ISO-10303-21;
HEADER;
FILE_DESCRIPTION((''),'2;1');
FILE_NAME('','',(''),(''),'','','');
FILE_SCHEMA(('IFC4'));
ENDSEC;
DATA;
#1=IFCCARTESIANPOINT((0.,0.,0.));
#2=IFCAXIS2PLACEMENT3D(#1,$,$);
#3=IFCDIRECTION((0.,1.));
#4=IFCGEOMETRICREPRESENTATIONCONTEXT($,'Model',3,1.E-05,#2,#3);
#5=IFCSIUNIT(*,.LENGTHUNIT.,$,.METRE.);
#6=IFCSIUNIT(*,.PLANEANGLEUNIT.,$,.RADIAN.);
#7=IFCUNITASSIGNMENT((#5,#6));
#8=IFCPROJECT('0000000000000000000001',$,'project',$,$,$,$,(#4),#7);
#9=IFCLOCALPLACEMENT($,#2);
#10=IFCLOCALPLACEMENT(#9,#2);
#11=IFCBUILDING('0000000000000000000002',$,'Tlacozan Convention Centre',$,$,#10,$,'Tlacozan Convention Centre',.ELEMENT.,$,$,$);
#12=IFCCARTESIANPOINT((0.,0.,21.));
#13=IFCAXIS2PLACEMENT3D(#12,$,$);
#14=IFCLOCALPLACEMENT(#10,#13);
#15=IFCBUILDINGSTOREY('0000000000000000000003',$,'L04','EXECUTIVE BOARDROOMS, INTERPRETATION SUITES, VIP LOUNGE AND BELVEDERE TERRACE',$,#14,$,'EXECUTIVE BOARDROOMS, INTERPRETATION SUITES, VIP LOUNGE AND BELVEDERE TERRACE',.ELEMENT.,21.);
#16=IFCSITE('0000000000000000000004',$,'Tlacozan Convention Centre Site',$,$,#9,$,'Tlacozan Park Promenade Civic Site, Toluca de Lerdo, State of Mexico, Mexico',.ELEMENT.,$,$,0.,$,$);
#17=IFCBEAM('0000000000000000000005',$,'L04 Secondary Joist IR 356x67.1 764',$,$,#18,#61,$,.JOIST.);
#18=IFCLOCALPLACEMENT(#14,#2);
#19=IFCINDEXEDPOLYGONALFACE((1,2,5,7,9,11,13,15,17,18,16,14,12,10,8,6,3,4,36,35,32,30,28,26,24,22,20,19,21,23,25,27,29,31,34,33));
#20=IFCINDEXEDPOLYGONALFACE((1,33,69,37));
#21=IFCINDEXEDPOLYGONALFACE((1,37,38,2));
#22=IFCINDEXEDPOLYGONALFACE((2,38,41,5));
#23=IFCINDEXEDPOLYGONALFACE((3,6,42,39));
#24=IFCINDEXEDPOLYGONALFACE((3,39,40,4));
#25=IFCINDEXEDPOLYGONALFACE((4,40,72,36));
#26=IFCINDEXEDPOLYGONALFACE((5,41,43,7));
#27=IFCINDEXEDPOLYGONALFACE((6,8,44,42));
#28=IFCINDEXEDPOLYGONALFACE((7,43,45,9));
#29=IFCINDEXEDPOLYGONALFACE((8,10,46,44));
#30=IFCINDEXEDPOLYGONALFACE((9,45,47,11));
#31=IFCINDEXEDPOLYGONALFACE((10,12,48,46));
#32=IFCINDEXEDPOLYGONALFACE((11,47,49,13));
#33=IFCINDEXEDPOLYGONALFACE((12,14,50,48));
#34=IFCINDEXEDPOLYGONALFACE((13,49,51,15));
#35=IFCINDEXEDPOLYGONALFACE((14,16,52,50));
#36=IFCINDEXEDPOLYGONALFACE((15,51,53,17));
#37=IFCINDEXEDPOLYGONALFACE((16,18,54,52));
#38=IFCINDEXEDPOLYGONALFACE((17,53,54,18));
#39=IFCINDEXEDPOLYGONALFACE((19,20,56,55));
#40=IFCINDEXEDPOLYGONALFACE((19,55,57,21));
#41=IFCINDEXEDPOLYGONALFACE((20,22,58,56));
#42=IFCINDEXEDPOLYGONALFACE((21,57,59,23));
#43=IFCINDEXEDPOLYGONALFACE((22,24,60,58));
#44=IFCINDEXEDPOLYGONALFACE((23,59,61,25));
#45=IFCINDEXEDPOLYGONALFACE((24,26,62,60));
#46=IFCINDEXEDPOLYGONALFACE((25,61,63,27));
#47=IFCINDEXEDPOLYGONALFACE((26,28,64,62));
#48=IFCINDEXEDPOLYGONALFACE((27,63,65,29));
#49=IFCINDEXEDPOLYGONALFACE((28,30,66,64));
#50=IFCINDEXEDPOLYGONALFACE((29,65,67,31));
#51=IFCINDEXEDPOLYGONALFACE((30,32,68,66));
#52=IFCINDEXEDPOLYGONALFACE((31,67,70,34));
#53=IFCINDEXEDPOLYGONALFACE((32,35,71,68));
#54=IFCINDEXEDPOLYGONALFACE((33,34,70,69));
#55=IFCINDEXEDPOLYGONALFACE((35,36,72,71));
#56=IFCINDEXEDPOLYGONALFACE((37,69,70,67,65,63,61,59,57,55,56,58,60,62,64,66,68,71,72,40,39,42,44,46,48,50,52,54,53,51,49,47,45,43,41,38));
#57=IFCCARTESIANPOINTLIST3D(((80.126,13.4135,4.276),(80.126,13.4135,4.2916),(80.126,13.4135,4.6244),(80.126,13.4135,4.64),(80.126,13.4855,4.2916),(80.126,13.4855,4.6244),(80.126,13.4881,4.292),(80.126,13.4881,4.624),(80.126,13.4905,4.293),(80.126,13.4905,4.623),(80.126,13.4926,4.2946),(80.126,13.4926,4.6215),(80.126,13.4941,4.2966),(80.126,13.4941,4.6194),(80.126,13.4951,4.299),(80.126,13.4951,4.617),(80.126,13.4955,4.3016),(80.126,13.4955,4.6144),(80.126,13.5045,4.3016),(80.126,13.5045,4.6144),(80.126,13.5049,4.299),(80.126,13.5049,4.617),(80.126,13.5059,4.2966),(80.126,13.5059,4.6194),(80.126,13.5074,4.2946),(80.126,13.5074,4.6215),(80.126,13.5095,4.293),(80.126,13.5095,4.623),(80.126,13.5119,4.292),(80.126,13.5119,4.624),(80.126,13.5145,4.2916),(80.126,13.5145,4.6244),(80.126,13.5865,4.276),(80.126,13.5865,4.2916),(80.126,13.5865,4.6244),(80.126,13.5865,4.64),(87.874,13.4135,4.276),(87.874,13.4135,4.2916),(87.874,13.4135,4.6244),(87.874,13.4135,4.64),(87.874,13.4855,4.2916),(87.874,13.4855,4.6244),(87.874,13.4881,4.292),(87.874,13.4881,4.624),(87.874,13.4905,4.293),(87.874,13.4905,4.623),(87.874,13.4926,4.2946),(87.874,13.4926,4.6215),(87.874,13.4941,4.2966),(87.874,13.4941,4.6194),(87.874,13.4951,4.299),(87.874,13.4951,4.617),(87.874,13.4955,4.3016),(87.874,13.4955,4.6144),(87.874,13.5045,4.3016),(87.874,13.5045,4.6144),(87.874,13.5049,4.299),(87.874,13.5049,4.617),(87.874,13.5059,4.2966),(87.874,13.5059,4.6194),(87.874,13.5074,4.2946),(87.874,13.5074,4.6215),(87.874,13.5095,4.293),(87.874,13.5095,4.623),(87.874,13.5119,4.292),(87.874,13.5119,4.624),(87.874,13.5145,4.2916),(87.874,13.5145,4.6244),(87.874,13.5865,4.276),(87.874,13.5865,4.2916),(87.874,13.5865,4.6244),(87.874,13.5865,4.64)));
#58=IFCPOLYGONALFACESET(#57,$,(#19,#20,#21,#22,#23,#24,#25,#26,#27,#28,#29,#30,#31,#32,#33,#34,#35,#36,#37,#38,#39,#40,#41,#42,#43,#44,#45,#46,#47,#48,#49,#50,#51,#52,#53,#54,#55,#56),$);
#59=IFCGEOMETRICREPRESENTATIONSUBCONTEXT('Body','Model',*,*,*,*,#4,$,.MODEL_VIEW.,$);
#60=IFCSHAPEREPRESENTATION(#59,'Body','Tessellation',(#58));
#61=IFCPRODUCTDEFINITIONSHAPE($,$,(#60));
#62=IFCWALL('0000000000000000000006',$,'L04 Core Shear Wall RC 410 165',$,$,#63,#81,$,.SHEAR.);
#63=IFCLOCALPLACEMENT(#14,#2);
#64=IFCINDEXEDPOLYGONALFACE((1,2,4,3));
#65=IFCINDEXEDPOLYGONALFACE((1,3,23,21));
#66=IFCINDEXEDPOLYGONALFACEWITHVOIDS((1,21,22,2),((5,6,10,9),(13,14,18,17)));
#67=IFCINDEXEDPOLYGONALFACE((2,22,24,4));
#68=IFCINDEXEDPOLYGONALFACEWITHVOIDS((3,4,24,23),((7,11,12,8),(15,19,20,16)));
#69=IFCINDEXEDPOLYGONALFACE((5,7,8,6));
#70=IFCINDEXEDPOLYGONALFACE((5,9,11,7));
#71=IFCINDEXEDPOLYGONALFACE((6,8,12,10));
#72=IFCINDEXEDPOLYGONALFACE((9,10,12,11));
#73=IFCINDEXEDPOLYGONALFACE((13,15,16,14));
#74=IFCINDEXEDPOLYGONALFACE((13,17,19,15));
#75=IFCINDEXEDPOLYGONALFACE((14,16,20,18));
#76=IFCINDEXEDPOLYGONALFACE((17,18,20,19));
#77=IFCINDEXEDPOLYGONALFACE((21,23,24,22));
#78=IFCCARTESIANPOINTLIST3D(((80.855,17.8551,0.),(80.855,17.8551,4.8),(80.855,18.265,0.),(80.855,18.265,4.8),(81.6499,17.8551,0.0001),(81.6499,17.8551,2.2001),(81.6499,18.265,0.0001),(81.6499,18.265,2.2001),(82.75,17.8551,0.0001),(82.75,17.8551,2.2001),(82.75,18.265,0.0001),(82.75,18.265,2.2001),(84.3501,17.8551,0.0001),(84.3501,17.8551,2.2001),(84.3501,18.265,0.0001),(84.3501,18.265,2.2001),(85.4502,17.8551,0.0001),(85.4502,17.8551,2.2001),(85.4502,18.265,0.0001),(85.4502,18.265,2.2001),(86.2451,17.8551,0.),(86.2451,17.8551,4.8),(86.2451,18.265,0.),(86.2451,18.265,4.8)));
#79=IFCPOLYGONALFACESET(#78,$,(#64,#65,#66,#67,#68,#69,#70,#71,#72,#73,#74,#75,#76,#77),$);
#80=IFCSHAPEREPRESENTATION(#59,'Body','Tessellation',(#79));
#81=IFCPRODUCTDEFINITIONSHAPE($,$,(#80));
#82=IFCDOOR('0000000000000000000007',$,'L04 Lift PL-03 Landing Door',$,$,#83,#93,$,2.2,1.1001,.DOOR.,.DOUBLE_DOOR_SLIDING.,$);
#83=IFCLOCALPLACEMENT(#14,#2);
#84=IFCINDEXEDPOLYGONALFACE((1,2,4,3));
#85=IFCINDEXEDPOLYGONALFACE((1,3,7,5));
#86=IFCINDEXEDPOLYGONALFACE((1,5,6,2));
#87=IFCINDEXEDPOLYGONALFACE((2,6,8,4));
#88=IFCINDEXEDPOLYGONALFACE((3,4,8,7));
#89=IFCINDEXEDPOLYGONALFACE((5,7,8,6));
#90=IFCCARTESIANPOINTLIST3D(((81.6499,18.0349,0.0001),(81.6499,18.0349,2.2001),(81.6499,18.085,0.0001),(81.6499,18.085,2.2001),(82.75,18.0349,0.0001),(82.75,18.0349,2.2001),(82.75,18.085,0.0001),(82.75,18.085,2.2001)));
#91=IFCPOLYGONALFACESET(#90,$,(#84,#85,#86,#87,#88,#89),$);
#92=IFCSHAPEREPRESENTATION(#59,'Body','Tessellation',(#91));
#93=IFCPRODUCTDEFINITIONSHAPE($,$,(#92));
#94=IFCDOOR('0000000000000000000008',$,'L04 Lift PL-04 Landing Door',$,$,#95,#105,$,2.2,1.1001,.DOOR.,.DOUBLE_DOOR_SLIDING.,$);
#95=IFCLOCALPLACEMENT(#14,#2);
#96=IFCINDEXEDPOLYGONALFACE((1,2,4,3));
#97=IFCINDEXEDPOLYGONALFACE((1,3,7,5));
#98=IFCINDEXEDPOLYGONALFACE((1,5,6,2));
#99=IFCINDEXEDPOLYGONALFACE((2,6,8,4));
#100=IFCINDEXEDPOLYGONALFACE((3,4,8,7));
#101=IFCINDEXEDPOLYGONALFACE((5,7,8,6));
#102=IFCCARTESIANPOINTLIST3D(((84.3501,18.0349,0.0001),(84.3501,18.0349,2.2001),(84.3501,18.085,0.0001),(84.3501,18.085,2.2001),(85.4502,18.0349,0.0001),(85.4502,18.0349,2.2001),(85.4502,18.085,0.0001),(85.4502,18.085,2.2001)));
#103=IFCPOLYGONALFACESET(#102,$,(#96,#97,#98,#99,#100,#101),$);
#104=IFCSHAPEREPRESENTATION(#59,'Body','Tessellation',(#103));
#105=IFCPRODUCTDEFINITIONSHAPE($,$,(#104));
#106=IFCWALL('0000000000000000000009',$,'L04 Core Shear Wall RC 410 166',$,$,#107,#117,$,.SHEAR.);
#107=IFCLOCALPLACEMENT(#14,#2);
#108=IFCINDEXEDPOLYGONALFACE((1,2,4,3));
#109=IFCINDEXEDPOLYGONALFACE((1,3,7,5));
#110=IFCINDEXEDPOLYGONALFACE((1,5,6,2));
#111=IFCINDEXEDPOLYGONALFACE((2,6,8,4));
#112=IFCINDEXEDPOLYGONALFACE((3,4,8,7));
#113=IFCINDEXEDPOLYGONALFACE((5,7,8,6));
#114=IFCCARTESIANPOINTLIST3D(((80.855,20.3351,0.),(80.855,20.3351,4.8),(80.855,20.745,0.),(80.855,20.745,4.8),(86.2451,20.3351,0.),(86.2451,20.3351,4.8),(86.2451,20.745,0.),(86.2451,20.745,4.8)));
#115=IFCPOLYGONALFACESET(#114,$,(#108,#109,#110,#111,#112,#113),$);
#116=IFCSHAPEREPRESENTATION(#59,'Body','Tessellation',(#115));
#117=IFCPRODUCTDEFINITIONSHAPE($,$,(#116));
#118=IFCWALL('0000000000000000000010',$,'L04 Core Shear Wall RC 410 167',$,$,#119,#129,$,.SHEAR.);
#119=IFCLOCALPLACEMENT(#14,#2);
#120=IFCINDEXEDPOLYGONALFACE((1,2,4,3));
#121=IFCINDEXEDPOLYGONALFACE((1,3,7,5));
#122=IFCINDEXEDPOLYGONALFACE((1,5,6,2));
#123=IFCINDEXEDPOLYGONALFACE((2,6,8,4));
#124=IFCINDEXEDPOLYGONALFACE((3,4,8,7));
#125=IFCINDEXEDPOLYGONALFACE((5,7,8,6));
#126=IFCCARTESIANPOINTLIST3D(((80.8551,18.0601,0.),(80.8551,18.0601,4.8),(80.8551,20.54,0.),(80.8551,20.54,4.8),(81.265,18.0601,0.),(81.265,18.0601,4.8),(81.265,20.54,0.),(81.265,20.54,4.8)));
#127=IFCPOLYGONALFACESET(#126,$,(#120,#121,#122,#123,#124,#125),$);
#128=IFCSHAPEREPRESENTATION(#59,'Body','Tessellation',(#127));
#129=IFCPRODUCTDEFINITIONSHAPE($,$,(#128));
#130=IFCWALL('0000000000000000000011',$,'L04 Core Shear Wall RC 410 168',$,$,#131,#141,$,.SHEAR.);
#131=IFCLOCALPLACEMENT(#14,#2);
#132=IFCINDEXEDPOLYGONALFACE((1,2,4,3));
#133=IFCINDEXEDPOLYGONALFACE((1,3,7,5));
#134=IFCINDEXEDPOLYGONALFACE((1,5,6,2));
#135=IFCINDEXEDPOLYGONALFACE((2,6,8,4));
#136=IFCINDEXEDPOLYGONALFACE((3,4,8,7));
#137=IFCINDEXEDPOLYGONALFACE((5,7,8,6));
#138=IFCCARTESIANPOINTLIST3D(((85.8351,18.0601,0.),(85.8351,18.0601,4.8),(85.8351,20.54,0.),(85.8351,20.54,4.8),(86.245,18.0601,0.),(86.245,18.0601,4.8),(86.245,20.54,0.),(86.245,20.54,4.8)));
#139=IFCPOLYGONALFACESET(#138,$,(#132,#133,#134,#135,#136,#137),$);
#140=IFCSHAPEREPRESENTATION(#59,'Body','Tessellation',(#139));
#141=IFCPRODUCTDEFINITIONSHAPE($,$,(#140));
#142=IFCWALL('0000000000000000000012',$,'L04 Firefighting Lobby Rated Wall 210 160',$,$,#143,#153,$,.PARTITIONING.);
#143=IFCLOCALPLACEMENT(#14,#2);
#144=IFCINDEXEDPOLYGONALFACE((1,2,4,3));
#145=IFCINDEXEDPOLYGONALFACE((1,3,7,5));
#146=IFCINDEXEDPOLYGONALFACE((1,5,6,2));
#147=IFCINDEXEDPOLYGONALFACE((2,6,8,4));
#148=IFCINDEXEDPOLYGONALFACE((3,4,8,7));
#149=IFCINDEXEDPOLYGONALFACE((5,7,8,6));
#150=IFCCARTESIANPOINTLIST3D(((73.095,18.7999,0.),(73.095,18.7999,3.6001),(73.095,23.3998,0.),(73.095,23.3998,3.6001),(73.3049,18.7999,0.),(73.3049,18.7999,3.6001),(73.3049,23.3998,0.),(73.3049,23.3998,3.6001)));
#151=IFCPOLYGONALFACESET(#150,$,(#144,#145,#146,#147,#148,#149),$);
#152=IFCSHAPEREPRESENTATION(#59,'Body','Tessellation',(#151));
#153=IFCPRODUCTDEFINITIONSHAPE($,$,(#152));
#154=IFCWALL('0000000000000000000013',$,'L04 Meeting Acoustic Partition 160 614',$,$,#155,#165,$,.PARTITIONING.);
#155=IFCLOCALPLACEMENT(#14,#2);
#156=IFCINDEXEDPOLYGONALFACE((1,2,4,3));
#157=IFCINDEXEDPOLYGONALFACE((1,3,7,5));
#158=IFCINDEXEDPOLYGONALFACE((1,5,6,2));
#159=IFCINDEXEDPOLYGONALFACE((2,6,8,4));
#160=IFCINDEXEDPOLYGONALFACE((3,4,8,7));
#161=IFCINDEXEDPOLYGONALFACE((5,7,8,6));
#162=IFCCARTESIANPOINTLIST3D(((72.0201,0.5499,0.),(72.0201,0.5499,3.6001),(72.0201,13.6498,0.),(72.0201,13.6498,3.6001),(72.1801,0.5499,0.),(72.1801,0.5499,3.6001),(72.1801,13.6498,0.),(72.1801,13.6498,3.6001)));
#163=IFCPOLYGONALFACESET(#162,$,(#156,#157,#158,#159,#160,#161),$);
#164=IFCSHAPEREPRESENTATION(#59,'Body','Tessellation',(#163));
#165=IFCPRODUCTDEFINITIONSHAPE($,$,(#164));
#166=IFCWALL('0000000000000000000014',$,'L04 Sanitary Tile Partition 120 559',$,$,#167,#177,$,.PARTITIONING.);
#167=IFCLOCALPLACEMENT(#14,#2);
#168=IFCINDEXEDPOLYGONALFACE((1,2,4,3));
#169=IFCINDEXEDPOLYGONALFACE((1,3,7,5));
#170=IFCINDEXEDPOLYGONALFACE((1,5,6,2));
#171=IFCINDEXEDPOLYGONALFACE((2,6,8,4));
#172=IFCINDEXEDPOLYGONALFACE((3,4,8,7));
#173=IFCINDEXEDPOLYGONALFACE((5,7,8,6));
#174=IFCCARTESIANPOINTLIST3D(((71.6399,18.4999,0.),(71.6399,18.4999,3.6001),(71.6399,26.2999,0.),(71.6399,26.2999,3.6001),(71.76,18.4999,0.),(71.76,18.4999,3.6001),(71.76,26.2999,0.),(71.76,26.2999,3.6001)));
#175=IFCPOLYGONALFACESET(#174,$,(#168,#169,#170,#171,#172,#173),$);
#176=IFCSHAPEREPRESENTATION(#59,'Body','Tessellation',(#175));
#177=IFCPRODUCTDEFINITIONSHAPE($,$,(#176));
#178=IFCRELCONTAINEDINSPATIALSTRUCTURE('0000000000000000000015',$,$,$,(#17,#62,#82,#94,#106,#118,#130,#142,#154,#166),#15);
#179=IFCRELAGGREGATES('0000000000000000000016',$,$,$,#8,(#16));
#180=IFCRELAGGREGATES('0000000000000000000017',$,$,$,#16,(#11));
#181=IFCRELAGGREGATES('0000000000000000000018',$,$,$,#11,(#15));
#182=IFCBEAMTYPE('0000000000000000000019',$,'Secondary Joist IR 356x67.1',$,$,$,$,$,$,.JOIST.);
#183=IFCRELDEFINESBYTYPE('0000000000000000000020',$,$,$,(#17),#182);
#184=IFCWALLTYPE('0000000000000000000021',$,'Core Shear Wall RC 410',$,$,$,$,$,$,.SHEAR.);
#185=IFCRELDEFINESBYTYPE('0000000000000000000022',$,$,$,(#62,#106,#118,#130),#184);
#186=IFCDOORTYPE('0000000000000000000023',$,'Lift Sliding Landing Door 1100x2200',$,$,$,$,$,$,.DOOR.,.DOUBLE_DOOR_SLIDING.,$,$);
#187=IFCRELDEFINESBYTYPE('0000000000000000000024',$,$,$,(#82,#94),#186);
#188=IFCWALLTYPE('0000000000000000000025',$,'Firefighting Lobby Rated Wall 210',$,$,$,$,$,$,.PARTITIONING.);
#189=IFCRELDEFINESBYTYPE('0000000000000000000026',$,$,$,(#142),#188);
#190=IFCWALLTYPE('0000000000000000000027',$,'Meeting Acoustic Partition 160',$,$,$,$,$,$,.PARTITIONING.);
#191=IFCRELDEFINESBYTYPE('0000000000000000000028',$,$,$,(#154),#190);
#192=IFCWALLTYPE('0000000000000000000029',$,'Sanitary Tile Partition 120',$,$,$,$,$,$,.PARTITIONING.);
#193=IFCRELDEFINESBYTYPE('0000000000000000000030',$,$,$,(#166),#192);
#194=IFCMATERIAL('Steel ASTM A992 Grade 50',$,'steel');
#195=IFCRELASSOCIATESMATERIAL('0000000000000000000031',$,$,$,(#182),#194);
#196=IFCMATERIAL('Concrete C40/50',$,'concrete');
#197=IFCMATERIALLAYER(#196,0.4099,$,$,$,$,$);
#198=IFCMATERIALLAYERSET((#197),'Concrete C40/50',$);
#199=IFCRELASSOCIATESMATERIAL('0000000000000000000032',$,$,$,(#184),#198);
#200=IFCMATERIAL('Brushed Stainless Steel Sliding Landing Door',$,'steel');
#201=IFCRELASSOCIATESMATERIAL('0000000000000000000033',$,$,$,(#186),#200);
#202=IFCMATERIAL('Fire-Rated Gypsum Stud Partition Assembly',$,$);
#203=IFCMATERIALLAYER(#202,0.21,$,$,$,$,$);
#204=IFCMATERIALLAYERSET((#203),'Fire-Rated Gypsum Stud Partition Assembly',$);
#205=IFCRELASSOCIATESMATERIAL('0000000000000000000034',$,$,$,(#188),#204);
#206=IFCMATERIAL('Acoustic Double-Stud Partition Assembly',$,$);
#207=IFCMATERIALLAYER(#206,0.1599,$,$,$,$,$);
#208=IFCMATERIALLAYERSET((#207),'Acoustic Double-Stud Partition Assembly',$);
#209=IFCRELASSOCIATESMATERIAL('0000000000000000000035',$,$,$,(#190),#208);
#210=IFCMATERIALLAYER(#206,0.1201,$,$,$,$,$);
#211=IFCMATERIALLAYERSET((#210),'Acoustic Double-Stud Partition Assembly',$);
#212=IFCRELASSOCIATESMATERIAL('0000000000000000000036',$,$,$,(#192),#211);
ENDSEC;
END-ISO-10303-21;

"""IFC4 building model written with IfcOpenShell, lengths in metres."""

from ifc_helpers import new_model, si_unit, direction, frame, frame_2d, origin, origin_2d, place, context, subcontext, project, spatial, rectangle, i_section, extrude, material, layer, layer_set, material_profile, profile_set, type_object, element, fill, save


model = new_model("IFC4")

# Units and contexts
model_context = context("Model", 3, precision=1e-05, world=origin(), true_north=direction((0.0, 1.0)))
body_context = subcontext(model_context, "Body", "Model", "MODEL_VIEW")
ifc_project = project(units=[si_unit("LENGTHUNIT", "METRE"), si_unit("PLANEANGLEUNIT", "RADIAN")], contexts=[model_context])

# Site, building, storey
site_placement = place(None, origin())
site = spatial("IfcSite", under=ifc_project, at=site_placement, Name="Tlacozan Convention Centre Site", LongName="Tlacozan Park Promenade Civic Site, Toluca de Lerdo, State of Mexico, Mexico", CompositionType="ELEMENT", RefElevation=0.0)
building_placement = place(site_placement, origin())
building = spatial("IfcBuilding", under=site, at=building_placement, Name="Tlacozan Convention Centre", LongName="Tlacozan Convention Centre", CompositionType="ELEMENT")
storey_placement = place(building_placement, frame((0.0, 0.0, 21.0)))
storey = spatial("IfcBuildingStorey", under=building, at=storey_placement, Name="L04", Description="EXECUTIVE BOARDROOMS, INTERPRETATION SUITES, VIP LOUNGE AND BELVEDERE TERRACE", LongName="EXECUTIVE BOARDROOMS, INTERPRETATION SUITES, VIP LOUNGE AND BELVEDERE TERRACE", CompositionType="ELEMENT", Elevation=21.0)

# Shared definitions
ifc_material_1 = material(Name="Concrete C40/50", Category="concrete")

# Beam
ifc_material_2 = material(Name="Steel ASTM A992 Grade 50", Category="steel")
ifc_material_profile_1 = material_profile(ifc_material_2, i_section(OverallWidth=0.1731, OverallDepth=0.364, WebThickness=0.009, FlangeThickness=0.0156, FilletRadius=0.01, at=origin_2d()), Name="IR 356x67.1")
ifc_profile_set_1 = profile_set([ifc_material_profile_1], Name="Steel ASTM A992 Grade 50")
beam_type_1 = type_object("IfcBeamType", Name="Secondary Joist IR 356x67.1", PredefinedType="JOIST", material=ifc_profile_set_1)
for number, where, z_axis, x_axis, name in (
    (1, (80.126, 13.5, 4.458), (1.0, 0.0, 0.0), (0.0, 1.0, 0.0), "L04 Secondary Joist IR 356x67.1 764"),
):
    element("IfcBeam", number, at=place(storey_placement, frame(where, z_axis=z_axis, x_axis=x_axis)), inside=storey, type_object=beam_type_1, Name=name, PredefinedType="JOIST", context=body_context, shape_type="SweptSolid", body=[
        extrude(i_section(OverallWidth=0.1731, OverallDepth=0.364, WebThickness=0.009, FlangeThickness=0.0156, FilletRadius=0.01, at=origin_2d()), origin(), (0.0, 0.0, 1.0), 7.748),
    ])

# Wall, openings, doors
ifc_layer_1 = layer(ifc_material_1, 0.4099)
ifc_layer_set_1 = layer_set([ifc_layer_1], Name="Concrete C40/50")
wall_type_1 = type_object("IfcWallType", Name="Core Shear Wall RC 410", PredefinedType="SHEAR", material=ifc_layer_set_1)
wall_1_placement = place(storey_placement, frame((80.855, 18.0601, 0.0), z_axis=(0.0, 0.0, 1.0), x_axis=(1.0, 0.0, 0.0)))
wall_1 = element("IfcWall", 2, at=wall_1_placement, inside=storey, type_object=wall_type_1, Name="L04 Core Shear Wall RC 410 165", PredefinedType="SHEAR", context=body_context, shape_type="SweptSolid", body=[
    extrude(rectangle(XDim=5.3901, YDim=0.4099, at=frame_2d((2.6951, 0.0))), origin(), (0.0, 0.0, 1.0), 4.8),
])
opening_1_placement = place(wall_1_placement, frame((0.7949, 0.0, 0.0)))
opening_1 = element("IfcOpeningElement", 3, at=opening_1_placement, cuts=wall_1, PredefinedType="OPENING", context=body_context, shape_type="SweptSolid", body=[
    extrude(rectangle(XDim=1.1001, YDim=2.2, at=frame_2d((0.55, 1.1001))), frame((0.0, 0.2148, 0.0), z_axis=(0.0, -1.0, 0.0), x_axis=(1.0, 0.0, 0.0)), (0.0, 0.0, 1.0), 0.4299),
])
opening_2_placement = place(wall_1_placement, frame((3.4951, 0.0, 0.0)))
opening_2 = element("IfcOpeningElement", 4, at=opening_2_placement, cuts=wall_1, PredefinedType="OPENING", context=body_context, shape_type="SweptSolid", body=[
    extrude(rectangle(XDim=1.1001, YDim=2.2, at=frame_2d((0.55, 1.1001))), frame((0.0, 0.2148, 0.0), z_axis=(0.0, -1.0, 0.0), x_axis=(1.0, 0.0, 0.0)), (0.0, 0.0, 1.0), 0.4299),
])
ifc_material_3 = material(Name="Brushed Stainless Steel Sliding Landing Door", Category="steel")
door_type_1 = type_object("IfcDoorType", Name="Lift Sliding Landing Door 1100x2200", OperationType="DOUBLE_DOOR_SLIDING", PredefinedType="DOOR", material=ifc_material_3)
door_1_placement = place(opening_1_placement, origin())
door_1 = element("IfcDoor", 5, at=door_1_placement, inside=storey, type_object=door_type_1, Name="L04 Lift PL-03 Landing Door", OperationType="DOUBLE_DOOR_SLIDING", OverallHeight=2.2, OverallWidth=1.1001, PredefinedType="DOOR", context=body_context, shape_type="SweptSolid", body=[
    extrude(rectangle(XDim=1.1001, YDim=2.2, at=frame_2d((0.55, 1.1001))), frame((0.0, 0.0249, 0.0), z_axis=(0.0, -1.0, 0.0), x_axis=(1.0, 0.0, 0.0)), (0.0, 0.0, 1.0), 0.05),
])
fill(opening_1, door_1)
door_2_placement = place(opening_2_placement, origin())
door_2 = element("IfcDoor", 6, at=door_2_placement, inside=storey, type_object=door_type_1, Name="L04 Lift PL-04 Landing Door", OperationType="DOUBLE_DOOR_SLIDING", OverallHeight=2.2, OverallWidth=1.1001, PredefinedType="DOOR", context=body_context, shape_type="SweptSolid", body=[
    extrude(rectangle(XDim=1.1001, YDim=2.2, at=frame_2d((0.55, 1.1001))), frame((0.0, 0.0249, 0.0), z_axis=(0.0, -1.0, 0.0), x_axis=(1.0, 0.0, 0.0)), (0.0, 0.0, 1.0), 0.05),
])
fill(opening_2, door_2)

# Walls
wall_2_placement = place(storey_placement, frame((80.855, 20.54, 0.0), z_axis=(0.0, 0.0, 1.0), x_axis=(1.0, 0.0, 0.0)))
element("IfcWall", 7, at=wall_2_placement, inside=storey, type_object=wall_type_1, Name="L04 Core Shear Wall RC 410 166", PredefinedType="SHEAR", context=body_context, shape_type="SweptSolid", body=[
    extrude(rectangle(XDim=5.3901, YDim=0.4099, at=frame_2d((2.6951, 0.0))), origin(), (0.0, 0.0, 1.0), 4.8),
])
for number, where, z_axis, x_axis, name in (
    (8, (81.0601, 18.0601, 0.0), (0.0, 0.0, 1.0), (0.0, 1.0, 0.0), "L04 Core Shear Wall RC 410 167"),
    (9, (86.04, 18.0601, 0.0), (0.0, 0.0, 1.0), (0.0, 1.0, 0.0), "L04 Core Shear Wall RC 410 168"),
):
    element("IfcWall", number, at=place(storey_placement, frame(where, z_axis=z_axis, x_axis=x_axis)), inside=storey, type_object=wall_type_1, Name=name, PredefinedType="SHEAR", context=body_context, shape_type="SweptSolid", body=[
        extrude(rectangle(XDim=2.48, YDim=0.4099, at=frame_2d((1.24, 0.0))), origin(), (0.0, 0.0, 1.0), 4.8),
    ])

# Shared definitions
ifc_material_4 = material(Name="Fire-Rated Gypsum Stud Partition Assembly")
ifc_layer_2 = layer(ifc_material_4, 0.21)
ifc_layer_set_2 = layer_set([ifc_layer_2], Name="Fire-Rated Gypsum Stud Partition Assembly")
wall_type_2 = type_object("IfcWallType", Name="Firefighting Lobby Rated Wall 210", PredefinedType="PARTITIONING", material=ifc_layer_set_2)

# Walls
wall_3_placement = place(storey_placement, frame((73.2, 18.8, 0.0), z_axis=(0.0, 0.0, 1.0), x_axis=(0.0, 1.0, 0.0)))
element("IfcWall", 10, at=wall_3_placement, inside=storey, type_object=wall_type_2, Name="L04 Firefighting Lobby Rated Wall 210 160", PredefinedType="PARTITIONING", context=body_context, shape_type="SweptSolid", body=[
    extrude(rectangle(XDim=4.5999, YDim=0.21, at=frame_2d((2.2998, 0.0))), origin(), (0.0, 0.0, 1.0), 3.6001),
])
ifc_material_5 = material(Name="Acoustic Double-Stud Partition Assembly")
ifc_layer_3 = layer(ifc_material_5, 0.1599)
ifc_layer_set_3 = layer_set([ifc_layer_3], Name="Acoustic Double-Stud Partition Assembly")
wall_type_3 = type_object("IfcWallType", Name="Meeting Acoustic Partition 160", PredefinedType="PARTITIONING", material=ifc_layer_set_3)
wall_4_placement = place(storey_placement, frame((72.1001, 0.55, 0.0), z_axis=(0.0, 0.0, 1.0), x_axis=(0.0, 1.0, 0.0)))
element("IfcWall", 11, at=wall_4_placement, inside=storey, type_object=wall_type_3, Name="L04 Meeting Acoustic Partition 160 614", PredefinedType="PARTITIONING", context=body_context, shape_type="SweptSolid", body=[
    extrude(rectangle(XDim=13.0999, YDim=0.1599, at=frame_2d((6.5498, 0.0))), origin(), (0.0, 0.0, 1.0), 3.6001),
])
ifc_layer_4 = layer(ifc_material_5, 0.1201)
ifc_layer_set_4 = layer_set([ifc_layer_4], Name="Acoustic Double-Stud Partition Assembly")
wall_type_4 = type_object("IfcWallType", Name="Sanitary Tile Partition 120", PredefinedType="PARTITIONING", material=ifc_layer_set_4)
wall_5_placement = place(storey_placement, frame((71.7, 18.5, 0.0), z_axis=(0.0, 0.0, 1.0), x_axis=(0.0, 1.0, 0.0)))
element("IfcWall", 12, at=wall_5_placement, inside=storey, type_object=wall_type_4, Name="L04 Sanitary Tile Partition 120 559", PredefinedType="PARTITIONING", context=body_context, shape_type="SweptSolid", body=[
    extrude(rectangle(XDim=7.8, YDim=0.1201, at=frame_2d((3.8999, 0.0))), origin(), (0.0, 0.0, 1.0), 3.6001),
])

save(model, "model.ifc")
